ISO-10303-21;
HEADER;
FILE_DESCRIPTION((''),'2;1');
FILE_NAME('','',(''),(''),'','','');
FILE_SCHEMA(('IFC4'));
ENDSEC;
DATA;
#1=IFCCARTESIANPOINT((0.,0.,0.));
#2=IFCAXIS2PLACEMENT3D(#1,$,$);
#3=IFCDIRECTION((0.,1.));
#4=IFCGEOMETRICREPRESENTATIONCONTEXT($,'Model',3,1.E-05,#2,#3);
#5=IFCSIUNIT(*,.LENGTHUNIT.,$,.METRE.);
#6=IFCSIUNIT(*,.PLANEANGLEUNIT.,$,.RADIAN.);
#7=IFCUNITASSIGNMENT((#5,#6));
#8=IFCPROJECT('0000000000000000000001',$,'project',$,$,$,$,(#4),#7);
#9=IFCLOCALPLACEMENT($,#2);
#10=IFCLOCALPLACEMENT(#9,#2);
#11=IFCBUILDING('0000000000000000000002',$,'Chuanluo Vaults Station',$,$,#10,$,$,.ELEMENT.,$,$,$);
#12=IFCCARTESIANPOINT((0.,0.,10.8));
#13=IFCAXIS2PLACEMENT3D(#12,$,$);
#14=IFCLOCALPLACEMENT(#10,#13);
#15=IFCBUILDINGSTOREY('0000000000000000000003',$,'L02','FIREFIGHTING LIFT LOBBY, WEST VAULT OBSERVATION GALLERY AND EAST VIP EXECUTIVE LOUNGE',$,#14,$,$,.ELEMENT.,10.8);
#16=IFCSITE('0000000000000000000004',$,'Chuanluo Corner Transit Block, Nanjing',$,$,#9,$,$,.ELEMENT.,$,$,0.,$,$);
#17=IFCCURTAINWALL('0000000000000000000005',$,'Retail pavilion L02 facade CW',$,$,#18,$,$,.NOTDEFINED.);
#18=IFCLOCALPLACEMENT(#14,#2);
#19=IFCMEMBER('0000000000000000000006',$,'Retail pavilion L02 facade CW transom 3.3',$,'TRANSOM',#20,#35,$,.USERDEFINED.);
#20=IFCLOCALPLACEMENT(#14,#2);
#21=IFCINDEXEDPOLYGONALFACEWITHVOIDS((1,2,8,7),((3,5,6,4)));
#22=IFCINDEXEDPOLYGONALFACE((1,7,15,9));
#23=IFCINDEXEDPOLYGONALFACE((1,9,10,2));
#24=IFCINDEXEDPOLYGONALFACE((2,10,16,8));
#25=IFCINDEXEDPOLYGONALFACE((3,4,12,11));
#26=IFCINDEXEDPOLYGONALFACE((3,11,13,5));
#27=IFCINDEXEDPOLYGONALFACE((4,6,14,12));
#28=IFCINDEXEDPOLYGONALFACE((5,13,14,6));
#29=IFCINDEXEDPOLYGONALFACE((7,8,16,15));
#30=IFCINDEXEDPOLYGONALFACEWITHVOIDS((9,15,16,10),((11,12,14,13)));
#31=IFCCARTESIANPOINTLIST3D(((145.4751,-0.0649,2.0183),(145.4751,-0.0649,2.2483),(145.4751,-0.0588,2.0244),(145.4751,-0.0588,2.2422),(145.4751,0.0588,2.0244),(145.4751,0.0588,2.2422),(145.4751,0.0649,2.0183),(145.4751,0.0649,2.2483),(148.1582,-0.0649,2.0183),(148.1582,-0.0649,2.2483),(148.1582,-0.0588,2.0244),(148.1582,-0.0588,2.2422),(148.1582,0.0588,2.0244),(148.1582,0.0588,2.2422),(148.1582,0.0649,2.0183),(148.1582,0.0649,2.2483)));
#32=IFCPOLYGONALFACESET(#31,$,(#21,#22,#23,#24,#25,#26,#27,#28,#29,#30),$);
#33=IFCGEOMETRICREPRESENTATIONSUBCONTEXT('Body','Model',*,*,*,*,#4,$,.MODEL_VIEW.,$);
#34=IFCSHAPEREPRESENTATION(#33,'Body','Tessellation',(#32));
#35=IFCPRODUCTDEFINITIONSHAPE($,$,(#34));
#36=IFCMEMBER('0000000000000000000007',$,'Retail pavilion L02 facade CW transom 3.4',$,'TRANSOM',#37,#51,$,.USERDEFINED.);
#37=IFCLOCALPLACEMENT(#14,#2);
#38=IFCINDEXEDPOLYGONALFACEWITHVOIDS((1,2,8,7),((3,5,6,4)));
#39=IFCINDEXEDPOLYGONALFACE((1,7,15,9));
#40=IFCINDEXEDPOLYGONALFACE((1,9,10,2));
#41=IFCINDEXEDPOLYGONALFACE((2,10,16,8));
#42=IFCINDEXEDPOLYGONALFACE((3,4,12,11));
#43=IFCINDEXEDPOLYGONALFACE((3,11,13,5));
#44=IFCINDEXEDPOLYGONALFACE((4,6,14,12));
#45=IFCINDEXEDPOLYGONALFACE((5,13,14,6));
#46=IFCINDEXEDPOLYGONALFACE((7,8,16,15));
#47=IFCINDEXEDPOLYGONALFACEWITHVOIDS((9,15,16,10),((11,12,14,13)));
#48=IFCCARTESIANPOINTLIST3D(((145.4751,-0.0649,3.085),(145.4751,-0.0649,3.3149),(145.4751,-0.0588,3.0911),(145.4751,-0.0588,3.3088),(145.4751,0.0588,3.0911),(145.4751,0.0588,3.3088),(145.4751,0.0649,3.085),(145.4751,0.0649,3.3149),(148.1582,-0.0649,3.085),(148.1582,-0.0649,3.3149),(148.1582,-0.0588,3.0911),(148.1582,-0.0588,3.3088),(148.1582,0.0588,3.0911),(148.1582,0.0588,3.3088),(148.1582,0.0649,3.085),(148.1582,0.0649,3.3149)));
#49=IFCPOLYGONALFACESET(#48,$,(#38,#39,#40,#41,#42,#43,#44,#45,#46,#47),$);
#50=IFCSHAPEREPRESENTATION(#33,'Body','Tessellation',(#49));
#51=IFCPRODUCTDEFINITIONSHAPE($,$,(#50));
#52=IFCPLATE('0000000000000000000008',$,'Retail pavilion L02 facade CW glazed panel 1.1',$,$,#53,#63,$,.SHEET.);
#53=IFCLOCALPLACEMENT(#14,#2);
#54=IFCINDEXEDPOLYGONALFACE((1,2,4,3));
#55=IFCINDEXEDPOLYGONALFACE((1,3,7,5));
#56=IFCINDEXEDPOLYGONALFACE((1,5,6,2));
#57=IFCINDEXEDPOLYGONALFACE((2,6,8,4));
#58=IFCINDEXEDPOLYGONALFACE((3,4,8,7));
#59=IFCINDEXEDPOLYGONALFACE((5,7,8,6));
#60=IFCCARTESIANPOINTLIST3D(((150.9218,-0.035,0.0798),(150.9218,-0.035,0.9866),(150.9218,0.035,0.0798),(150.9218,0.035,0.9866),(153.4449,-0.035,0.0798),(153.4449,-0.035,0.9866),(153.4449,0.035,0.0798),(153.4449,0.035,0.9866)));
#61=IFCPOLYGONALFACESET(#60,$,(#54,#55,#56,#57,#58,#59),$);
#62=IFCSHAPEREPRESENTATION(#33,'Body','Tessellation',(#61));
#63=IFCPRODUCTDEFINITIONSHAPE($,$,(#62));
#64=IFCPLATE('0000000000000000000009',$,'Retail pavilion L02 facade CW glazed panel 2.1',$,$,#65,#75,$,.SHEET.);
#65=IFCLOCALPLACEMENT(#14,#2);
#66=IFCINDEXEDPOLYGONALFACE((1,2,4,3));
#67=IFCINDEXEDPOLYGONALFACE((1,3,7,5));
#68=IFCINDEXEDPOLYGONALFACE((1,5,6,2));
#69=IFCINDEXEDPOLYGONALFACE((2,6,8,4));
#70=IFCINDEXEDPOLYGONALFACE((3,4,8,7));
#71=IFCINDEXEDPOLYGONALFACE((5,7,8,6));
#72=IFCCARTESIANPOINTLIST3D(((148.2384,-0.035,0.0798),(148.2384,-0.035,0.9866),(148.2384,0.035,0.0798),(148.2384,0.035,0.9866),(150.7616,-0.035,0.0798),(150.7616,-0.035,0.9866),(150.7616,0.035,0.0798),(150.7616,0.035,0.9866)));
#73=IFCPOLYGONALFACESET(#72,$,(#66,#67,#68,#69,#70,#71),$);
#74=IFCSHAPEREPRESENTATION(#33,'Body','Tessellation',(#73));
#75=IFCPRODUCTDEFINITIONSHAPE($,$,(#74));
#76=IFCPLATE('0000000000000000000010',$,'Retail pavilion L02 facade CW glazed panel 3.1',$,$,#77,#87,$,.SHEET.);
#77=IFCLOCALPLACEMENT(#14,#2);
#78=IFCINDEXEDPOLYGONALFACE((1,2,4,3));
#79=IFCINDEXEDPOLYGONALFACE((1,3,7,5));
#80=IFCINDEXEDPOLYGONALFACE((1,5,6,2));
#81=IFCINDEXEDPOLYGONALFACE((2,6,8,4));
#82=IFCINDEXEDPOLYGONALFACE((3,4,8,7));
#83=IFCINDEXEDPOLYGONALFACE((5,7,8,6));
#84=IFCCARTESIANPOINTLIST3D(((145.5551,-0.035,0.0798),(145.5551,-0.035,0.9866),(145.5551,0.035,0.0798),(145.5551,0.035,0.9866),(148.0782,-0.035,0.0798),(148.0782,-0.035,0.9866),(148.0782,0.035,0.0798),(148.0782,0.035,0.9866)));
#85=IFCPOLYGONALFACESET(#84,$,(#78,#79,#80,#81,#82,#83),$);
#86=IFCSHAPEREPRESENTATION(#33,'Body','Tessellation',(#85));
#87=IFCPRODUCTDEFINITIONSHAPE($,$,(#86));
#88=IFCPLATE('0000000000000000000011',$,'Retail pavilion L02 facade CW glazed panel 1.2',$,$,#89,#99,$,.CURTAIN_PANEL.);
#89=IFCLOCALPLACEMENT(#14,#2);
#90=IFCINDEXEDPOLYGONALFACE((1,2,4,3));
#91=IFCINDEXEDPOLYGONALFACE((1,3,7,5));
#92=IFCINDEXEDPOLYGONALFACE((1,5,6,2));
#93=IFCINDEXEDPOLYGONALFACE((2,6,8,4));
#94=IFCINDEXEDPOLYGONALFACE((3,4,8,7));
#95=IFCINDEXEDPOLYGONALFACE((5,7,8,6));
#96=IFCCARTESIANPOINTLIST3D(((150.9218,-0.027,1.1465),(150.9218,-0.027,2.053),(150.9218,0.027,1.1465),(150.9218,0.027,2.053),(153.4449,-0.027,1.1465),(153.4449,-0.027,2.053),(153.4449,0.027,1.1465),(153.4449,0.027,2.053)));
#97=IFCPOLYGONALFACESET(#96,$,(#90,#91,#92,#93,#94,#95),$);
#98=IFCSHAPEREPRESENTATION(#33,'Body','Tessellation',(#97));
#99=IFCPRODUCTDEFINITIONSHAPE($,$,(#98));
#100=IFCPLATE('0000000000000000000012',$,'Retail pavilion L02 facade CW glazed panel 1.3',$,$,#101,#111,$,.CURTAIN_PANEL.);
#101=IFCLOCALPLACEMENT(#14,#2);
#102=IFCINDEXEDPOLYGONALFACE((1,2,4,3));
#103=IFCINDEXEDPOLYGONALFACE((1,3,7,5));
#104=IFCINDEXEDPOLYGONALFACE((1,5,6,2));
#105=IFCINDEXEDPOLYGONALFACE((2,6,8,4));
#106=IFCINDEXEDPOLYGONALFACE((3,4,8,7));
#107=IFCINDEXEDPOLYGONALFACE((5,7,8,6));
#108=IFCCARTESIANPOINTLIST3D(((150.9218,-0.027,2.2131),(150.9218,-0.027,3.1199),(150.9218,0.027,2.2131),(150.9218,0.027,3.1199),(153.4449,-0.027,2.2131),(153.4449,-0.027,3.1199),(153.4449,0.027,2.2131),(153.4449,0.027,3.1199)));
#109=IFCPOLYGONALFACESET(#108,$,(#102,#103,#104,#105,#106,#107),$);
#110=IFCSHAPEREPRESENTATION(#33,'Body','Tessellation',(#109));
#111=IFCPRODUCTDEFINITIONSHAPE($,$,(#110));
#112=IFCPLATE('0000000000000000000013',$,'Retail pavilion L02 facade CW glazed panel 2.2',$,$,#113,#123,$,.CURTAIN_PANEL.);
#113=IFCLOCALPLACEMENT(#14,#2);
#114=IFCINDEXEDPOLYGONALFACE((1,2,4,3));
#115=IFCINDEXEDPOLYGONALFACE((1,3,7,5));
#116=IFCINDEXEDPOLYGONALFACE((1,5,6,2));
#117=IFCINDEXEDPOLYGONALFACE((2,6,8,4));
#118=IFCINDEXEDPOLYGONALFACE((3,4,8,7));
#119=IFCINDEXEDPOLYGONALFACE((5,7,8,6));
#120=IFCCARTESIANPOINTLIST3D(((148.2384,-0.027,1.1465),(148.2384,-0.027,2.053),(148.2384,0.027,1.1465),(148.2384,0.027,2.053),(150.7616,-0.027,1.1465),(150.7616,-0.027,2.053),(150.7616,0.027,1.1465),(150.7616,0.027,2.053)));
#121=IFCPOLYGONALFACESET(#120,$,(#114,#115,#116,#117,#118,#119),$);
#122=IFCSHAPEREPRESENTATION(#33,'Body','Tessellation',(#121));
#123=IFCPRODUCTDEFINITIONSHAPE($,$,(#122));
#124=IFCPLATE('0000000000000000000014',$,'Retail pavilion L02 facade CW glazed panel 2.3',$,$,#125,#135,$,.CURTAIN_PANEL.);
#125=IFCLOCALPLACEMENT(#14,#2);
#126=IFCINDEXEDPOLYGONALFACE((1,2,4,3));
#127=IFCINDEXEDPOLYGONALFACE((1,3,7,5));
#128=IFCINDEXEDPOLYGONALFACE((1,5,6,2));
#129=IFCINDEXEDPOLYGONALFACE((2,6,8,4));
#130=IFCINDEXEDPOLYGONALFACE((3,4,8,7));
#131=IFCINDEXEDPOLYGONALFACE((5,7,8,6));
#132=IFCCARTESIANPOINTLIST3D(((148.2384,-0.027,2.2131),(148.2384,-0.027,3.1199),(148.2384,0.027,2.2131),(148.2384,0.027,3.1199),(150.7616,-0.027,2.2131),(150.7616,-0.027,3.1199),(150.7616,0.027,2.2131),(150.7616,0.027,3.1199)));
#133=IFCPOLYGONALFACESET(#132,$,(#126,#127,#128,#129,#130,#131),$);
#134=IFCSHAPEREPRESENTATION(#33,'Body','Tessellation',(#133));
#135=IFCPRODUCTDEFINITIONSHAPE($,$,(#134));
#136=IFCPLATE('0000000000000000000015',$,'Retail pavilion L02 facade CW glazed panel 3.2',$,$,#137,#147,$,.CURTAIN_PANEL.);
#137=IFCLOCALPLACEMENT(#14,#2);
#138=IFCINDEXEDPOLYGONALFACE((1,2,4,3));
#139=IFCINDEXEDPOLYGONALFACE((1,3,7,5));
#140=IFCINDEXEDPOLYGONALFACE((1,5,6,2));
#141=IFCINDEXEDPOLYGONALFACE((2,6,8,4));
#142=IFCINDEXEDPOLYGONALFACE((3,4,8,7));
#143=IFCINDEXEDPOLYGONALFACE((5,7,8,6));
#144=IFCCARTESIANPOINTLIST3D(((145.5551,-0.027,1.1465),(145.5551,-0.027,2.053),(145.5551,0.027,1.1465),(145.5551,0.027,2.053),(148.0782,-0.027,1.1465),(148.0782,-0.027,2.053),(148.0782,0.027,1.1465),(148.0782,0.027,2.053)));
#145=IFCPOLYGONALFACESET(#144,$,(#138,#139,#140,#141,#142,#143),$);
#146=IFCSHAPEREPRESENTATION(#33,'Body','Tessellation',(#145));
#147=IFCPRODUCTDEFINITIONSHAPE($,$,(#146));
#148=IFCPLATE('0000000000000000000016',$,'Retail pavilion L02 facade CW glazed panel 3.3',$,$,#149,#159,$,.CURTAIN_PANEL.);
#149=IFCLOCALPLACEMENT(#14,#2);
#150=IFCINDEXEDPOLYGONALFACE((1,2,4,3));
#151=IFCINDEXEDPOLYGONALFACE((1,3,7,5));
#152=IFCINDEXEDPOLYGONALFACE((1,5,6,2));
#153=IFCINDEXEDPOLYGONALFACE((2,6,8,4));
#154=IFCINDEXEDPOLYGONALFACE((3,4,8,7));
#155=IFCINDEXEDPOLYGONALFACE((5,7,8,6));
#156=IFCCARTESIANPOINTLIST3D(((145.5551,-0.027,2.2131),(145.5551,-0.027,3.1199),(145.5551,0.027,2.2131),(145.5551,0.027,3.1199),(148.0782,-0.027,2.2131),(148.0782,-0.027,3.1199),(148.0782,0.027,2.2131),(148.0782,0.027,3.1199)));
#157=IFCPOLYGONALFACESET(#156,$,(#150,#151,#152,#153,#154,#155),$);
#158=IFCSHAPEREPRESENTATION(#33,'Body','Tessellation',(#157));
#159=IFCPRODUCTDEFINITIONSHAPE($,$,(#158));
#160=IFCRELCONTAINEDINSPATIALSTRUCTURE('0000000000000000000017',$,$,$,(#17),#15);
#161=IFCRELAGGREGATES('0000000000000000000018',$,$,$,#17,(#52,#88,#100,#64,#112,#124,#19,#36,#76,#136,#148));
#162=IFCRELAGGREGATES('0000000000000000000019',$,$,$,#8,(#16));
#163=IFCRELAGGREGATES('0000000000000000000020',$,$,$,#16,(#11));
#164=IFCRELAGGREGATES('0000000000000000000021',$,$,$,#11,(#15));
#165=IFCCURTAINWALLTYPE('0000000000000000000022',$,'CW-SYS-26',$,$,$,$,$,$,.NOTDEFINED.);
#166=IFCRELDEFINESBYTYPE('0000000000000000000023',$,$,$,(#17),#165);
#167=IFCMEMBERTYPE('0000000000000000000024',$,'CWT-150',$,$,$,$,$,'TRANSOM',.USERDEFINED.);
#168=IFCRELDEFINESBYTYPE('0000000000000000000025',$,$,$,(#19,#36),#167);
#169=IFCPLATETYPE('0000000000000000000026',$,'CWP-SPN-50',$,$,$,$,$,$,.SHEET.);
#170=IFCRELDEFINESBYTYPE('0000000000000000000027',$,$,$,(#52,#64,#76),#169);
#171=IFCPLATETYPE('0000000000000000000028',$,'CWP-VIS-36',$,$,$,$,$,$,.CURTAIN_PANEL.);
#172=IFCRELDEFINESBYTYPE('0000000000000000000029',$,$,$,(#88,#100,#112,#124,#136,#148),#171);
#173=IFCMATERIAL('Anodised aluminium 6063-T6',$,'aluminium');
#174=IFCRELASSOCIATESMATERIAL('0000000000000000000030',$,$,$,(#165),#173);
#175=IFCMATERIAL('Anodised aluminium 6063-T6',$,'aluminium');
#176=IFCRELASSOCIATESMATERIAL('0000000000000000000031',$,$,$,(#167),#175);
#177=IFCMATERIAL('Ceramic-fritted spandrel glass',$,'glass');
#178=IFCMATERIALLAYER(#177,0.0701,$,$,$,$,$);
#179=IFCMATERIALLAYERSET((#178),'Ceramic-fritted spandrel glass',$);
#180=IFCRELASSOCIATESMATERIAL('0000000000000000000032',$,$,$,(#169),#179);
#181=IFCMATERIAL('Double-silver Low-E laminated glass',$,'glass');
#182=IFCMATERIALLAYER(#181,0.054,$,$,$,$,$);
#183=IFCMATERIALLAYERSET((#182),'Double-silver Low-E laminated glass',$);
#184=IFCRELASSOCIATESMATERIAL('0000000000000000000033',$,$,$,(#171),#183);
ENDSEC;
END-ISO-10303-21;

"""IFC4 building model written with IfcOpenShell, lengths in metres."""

from ifc_helpers import new_model, si_unit, direction, frame, origin, origin_2d, place, context, subcontext, project, spatial, rectangle, hollow_rectangle, extrude, material, layer, layer_set, material_profile, profile_set, type_object, element, aggregate, save


model = new_model("IFC4")

# Units and contexts
model_context = context("Model", 3, precision=1e-05, world=origin(), true_north=direction((0.0, 1.0)))
body_context = subcontext(model_context, "Body", "Model", "MODEL_VIEW")
ifc_project = project(units=[si_unit("LENGTHUNIT", "METRE"), si_unit("PLANEANGLEUNIT", "RADIAN")], contexts=[model_context])

# Site, building, storey
site_placement = place(None, origin())
site = spatial("IfcSite", under=ifc_project, at=site_placement, Name="Chuanluo Corner Transit Block, Nanjing", CompositionType="ELEMENT", RefElevation=0.0)
building_placement = place(site_placement, origin())
building = spatial("IfcBuilding", under=site, at=building_placement, Name="Chuanluo Vaults Station", CompositionType="ELEMENT")
storey_placement = place(building_placement, frame((0.0, 0.0, 10.8)))
storey = spatial("IfcBuildingStorey", under=building, at=storey_placement, Name="L02", Description="FIREFIGHTING LIFT LOBBY, WEST VAULT OBSERVATION GALLERY AND EAST VIP EXECUTIVE LOUNGE", CompositionType="ELEMENT", Elevation=10.8)

# Curtain wall, members, plates
ifc_material_1 = material(Name="Anodised aluminium 6063-T6", Category="aluminium")
curtain_wall_type = type_object("IfcCurtainWallType", Name="CW-SYS-26", PredefinedType="NOTDEFINED", material=ifc_material_1)
curtain_wall_placement = place(storey_placement, origin())
curtain_wall = element("IfcCurtainWall", 1, at=curtain_wall_placement, inside=storey, type_object=curtain_wall_type, Name="Retail pavilion L02 facade CW", PredefinedType="NOTDEFINED")
ifc_material_2 = material(Name="Anodised aluminium 6063-T6", Category="aluminium")
ifc_material_profile_1 = material_profile(ifc_material_2, hollow_rectangle(XDim=0.1299, YDim=0.23, WallThickness=0.0061, at=origin_2d()))
ifc_profile_set_1 = profile_set([ifc_material_profile_1], Name="Anodised aluminium 6063-T6")
member_type_1 = type_object("IfcMemberType", Name="CWT-150", ElementType="TRANSOM", PredefinedType="USERDEFINED", material=ifc_profile_set_1)
member_1_placement = place(storey_placement, frame((148.1582, 0.0, 2.1333), z_axis=(-1.0, 0.0, 0.0), x_axis=(0.0, -1.0, 0.0)))
member_1 = element("IfcMember", 2, at=member_1_placement, type_object=member_type_1, Name="Retail pavilion L02 facade CW transom 3.3", ObjectType="TRANSOM", PredefinedType="USERDEFINED", context=body_context, shape_type="SweptSolid", body=[
    extrude(hollow_rectangle(XDim=0.1299, YDim=0.23, WallThickness=0.0061, at=origin_2d()), origin(), (0.0, 0.0, 1.0), 2.6831),
])
member_2_placement = place(storey_placement, frame((148.1582, 0.0, 3.2), z_axis=(-1.0, 0.0, 0.0), x_axis=(0.0, -1.0, 0.0)))
member_2 = element("IfcMember", 3, at=member_2_placement, type_object=member_type_1, Name="Retail pavilion L02 facade CW transom 3.4", ObjectType="TRANSOM", PredefinedType="USERDEFINED", context=body_context, shape_type="SweptSolid", body=[
    extrude(hollow_rectangle(XDim=0.1299, YDim=0.23, WallThickness=0.0061, at=origin_2d()), origin(), (0.0, 0.0, 1.0), 2.6831),
])
ifc_material_3 = material(Name="Ceramic-fritted spandrel glass", Category="glass")
ifc_layer_1 = layer(ifc_material_3, 0.0701)
ifc_layer_set_1 = layer_set([ifc_layer_1], Name="Ceramic-fritted spandrel glass")
plate_type_1 = type_object("IfcPlateType", Name="CWP-SPN-50", PredefinedType="SHEET", material=ifc_layer_set_1)
plate_1_placement = place(storey_placement, frame((152.1833, 0.0, 0.0798), z_axis=(0.0, 0.0, 1.0), x_axis=(-1.0, 0.0, 0.0)))
plate_1 = element("IfcPlate", 4, at=plate_1_placement, type_object=plate_type_1, Name="Retail pavilion L02 facade CW glazed panel 1.1", PredefinedType="SHEET", context=body_context, shape_type="SweptSolid", body=[
    extrude(rectangle(XDim=2.5232, YDim=0.0701, at=origin_2d()), origin(), (0.0, 0.0, 1.0), 0.9067),
])
plate_2_placement = place(storey_placement, frame((149.5, 0.0, 0.0798), z_axis=(0.0, 0.0, 1.0), x_axis=(-1.0, 0.0, 0.0)))
plate_2 = element("IfcPlate", 5, at=plate_2_placement, type_object=plate_type_1, Name="Retail pavilion L02 facade CW glazed panel 2.1", PredefinedType="SHEET", context=body_context, shape_type="SweptSolid", body=[
    extrude(rectangle(XDim=2.5232, YDim=0.0701, at=origin_2d()), origin(), (0.0, 0.0, 1.0), 0.9067),
])
plate_3_placement = place(storey_placement, frame((146.8167, 0.0, 0.0798), z_axis=(0.0, 0.0, 1.0), x_axis=(-1.0, 0.0, 0.0)))
plate_3 = element("IfcPlate", 6, at=plate_3_placement, type_object=plate_type_1, Name="Retail pavilion L02 facade CW glazed panel 3.1", PredefinedType="SHEET", context=body_context, shape_type="SweptSolid", body=[
    extrude(rectangle(XDim=2.5232, YDim=0.0701, at=origin_2d()), origin(), (0.0, 0.0, 1.0), 0.9067),
])
ifc_material_4 = material(Name="Double-silver Low-E laminated glass", Category="glass")
ifc_layer_2 = layer(ifc_material_4, 0.054)
ifc_layer_set_2 = layer_set([ifc_layer_2], Name="Double-silver Low-E laminated glass")
plate_type_2 = type_object("IfcPlateType", Name="CWP-VIS-36", PredefinedType="CURTAIN_PANEL", material=ifc_layer_set_2)
plate_4_placement = place(storey_placement, frame((152.1833, 0.0, 1.1465), z_axis=(0.0, 0.0, 1.0), x_axis=(-1.0, 0.0, 0.0)))
plate_4 = element("IfcPlate", 7, at=plate_4_placement, type_object=plate_type_2, Name="Retail pavilion L02 facade CW glazed panel 1.2", PredefinedType="CURTAIN_PANEL", context=body_context, shape_type="SweptSolid", body=[
    extrude(rectangle(XDim=2.5232, YDim=0.054, at=origin_2d()), origin(), (0.0, 0.0, 1.0), 0.9065),
])
plate_5_placement = place(storey_placement, frame((152.1833, 0.0, 2.2131), z_axis=(0.0, 0.0, 1.0), x_axis=(-1.0, 0.0, 0.0)))
plate_5 = element("IfcPlate", 8, at=plate_5_placement, type_object=plate_type_2, Name="Retail pavilion L02 facade CW glazed panel 1.3", PredefinedType="CURTAIN_PANEL", context=body_context, shape_type="SweptSolid", body=[
    extrude(rectangle(XDim=2.5232, YDim=0.054, at=origin_2d()), origin(), (0.0, 0.0, 1.0), 0.9067),
])
plate_6_placement = place(storey_placement, frame((149.5, 0.0, 1.1465), z_axis=(0.0, 0.0, 1.0), x_axis=(-1.0, 0.0, 0.0)))
plate_6 = element("IfcPlate", 9, at=plate_6_placement, type_object=plate_type_2, Name="Retail pavilion L02 facade CW glazed panel 2.2", PredefinedType="CURTAIN_PANEL", context=body_context, shape_type="SweptSolid", body=[
    extrude(rectangle(XDim=2.5232, YDim=0.054, at=origin_2d()), origin(), (0.0, 0.0, 1.0), 0.9065),
])
plate_7_placement = place(storey_placement, frame((149.5, 0.0, 2.2131), z_axis=(0.0, 0.0, 1.0), x_axis=(-1.0, 0.0, 0.0)))
plate_7 = element("IfcPlate", 10, at=plate_7_placement, type_object=plate_type_2, Name="Retail pavilion L02 facade CW glazed panel 2.3", PredefinedType="CURTAIN_PANEL", context=body_context, shape_type="SweptSolid", body=[
    extrude(rectangle(XDim=2.5232, YDim=0.054, at=origin_2d()), origin(), (0.0, 0.0, 1.0), 0.9067),
])
plate_8_placement = place(storey_placement, frame((146.8167, 0.0, 1.1465), z_axis=(0.0, 0.0, 1.0), x_axis=(-1.0, 0.0, 0.0)))
plate_8 = element("IfcPlate", 11, at=plate_8_placement, type_object=plate_type_2, Name="Retail pavilion L02 facade CW glazed panel 3.2", PredefinedType="CURTAIN_PANEL", context=body_context, shape_type="SweptSolid", body=[
    extrude(rectangle(XDim=2.5232, YDim=0.054, at=origin_2d()), origin(), (0.0, 0.0, 1.0), 0.9065),
])
plate_9_placement = place(storey_placement, frame((146.8167, 0.0, 2.2131), z_axis=(0.0, 0.0, 1.0), x_axis=(-1.0, 0.0, 0.0)))
plate_9 = element("IfcPlate", 12, at=plate_9_placement, type_object=plate_type_2, Name="Retail pavilion L02 facade CW glazed panel 3.3", PredefinedType="CURTAIN_PANEL", context=body_context, shape_type="SweptSolid", body=[
    extrude(rectangle(XDim=2.5232, YDim=0.054, at=origin_2d()), origin(), (0.0, 0.0, 1.0), 0.9067),
])
aggregate(curtain_wall, [plate_1, plate_4, plate_5, plate_2, plate_6, plate_7, member_1, member_2, plate_3, plate_8, plate_9])

save(model, "model.ifc")
